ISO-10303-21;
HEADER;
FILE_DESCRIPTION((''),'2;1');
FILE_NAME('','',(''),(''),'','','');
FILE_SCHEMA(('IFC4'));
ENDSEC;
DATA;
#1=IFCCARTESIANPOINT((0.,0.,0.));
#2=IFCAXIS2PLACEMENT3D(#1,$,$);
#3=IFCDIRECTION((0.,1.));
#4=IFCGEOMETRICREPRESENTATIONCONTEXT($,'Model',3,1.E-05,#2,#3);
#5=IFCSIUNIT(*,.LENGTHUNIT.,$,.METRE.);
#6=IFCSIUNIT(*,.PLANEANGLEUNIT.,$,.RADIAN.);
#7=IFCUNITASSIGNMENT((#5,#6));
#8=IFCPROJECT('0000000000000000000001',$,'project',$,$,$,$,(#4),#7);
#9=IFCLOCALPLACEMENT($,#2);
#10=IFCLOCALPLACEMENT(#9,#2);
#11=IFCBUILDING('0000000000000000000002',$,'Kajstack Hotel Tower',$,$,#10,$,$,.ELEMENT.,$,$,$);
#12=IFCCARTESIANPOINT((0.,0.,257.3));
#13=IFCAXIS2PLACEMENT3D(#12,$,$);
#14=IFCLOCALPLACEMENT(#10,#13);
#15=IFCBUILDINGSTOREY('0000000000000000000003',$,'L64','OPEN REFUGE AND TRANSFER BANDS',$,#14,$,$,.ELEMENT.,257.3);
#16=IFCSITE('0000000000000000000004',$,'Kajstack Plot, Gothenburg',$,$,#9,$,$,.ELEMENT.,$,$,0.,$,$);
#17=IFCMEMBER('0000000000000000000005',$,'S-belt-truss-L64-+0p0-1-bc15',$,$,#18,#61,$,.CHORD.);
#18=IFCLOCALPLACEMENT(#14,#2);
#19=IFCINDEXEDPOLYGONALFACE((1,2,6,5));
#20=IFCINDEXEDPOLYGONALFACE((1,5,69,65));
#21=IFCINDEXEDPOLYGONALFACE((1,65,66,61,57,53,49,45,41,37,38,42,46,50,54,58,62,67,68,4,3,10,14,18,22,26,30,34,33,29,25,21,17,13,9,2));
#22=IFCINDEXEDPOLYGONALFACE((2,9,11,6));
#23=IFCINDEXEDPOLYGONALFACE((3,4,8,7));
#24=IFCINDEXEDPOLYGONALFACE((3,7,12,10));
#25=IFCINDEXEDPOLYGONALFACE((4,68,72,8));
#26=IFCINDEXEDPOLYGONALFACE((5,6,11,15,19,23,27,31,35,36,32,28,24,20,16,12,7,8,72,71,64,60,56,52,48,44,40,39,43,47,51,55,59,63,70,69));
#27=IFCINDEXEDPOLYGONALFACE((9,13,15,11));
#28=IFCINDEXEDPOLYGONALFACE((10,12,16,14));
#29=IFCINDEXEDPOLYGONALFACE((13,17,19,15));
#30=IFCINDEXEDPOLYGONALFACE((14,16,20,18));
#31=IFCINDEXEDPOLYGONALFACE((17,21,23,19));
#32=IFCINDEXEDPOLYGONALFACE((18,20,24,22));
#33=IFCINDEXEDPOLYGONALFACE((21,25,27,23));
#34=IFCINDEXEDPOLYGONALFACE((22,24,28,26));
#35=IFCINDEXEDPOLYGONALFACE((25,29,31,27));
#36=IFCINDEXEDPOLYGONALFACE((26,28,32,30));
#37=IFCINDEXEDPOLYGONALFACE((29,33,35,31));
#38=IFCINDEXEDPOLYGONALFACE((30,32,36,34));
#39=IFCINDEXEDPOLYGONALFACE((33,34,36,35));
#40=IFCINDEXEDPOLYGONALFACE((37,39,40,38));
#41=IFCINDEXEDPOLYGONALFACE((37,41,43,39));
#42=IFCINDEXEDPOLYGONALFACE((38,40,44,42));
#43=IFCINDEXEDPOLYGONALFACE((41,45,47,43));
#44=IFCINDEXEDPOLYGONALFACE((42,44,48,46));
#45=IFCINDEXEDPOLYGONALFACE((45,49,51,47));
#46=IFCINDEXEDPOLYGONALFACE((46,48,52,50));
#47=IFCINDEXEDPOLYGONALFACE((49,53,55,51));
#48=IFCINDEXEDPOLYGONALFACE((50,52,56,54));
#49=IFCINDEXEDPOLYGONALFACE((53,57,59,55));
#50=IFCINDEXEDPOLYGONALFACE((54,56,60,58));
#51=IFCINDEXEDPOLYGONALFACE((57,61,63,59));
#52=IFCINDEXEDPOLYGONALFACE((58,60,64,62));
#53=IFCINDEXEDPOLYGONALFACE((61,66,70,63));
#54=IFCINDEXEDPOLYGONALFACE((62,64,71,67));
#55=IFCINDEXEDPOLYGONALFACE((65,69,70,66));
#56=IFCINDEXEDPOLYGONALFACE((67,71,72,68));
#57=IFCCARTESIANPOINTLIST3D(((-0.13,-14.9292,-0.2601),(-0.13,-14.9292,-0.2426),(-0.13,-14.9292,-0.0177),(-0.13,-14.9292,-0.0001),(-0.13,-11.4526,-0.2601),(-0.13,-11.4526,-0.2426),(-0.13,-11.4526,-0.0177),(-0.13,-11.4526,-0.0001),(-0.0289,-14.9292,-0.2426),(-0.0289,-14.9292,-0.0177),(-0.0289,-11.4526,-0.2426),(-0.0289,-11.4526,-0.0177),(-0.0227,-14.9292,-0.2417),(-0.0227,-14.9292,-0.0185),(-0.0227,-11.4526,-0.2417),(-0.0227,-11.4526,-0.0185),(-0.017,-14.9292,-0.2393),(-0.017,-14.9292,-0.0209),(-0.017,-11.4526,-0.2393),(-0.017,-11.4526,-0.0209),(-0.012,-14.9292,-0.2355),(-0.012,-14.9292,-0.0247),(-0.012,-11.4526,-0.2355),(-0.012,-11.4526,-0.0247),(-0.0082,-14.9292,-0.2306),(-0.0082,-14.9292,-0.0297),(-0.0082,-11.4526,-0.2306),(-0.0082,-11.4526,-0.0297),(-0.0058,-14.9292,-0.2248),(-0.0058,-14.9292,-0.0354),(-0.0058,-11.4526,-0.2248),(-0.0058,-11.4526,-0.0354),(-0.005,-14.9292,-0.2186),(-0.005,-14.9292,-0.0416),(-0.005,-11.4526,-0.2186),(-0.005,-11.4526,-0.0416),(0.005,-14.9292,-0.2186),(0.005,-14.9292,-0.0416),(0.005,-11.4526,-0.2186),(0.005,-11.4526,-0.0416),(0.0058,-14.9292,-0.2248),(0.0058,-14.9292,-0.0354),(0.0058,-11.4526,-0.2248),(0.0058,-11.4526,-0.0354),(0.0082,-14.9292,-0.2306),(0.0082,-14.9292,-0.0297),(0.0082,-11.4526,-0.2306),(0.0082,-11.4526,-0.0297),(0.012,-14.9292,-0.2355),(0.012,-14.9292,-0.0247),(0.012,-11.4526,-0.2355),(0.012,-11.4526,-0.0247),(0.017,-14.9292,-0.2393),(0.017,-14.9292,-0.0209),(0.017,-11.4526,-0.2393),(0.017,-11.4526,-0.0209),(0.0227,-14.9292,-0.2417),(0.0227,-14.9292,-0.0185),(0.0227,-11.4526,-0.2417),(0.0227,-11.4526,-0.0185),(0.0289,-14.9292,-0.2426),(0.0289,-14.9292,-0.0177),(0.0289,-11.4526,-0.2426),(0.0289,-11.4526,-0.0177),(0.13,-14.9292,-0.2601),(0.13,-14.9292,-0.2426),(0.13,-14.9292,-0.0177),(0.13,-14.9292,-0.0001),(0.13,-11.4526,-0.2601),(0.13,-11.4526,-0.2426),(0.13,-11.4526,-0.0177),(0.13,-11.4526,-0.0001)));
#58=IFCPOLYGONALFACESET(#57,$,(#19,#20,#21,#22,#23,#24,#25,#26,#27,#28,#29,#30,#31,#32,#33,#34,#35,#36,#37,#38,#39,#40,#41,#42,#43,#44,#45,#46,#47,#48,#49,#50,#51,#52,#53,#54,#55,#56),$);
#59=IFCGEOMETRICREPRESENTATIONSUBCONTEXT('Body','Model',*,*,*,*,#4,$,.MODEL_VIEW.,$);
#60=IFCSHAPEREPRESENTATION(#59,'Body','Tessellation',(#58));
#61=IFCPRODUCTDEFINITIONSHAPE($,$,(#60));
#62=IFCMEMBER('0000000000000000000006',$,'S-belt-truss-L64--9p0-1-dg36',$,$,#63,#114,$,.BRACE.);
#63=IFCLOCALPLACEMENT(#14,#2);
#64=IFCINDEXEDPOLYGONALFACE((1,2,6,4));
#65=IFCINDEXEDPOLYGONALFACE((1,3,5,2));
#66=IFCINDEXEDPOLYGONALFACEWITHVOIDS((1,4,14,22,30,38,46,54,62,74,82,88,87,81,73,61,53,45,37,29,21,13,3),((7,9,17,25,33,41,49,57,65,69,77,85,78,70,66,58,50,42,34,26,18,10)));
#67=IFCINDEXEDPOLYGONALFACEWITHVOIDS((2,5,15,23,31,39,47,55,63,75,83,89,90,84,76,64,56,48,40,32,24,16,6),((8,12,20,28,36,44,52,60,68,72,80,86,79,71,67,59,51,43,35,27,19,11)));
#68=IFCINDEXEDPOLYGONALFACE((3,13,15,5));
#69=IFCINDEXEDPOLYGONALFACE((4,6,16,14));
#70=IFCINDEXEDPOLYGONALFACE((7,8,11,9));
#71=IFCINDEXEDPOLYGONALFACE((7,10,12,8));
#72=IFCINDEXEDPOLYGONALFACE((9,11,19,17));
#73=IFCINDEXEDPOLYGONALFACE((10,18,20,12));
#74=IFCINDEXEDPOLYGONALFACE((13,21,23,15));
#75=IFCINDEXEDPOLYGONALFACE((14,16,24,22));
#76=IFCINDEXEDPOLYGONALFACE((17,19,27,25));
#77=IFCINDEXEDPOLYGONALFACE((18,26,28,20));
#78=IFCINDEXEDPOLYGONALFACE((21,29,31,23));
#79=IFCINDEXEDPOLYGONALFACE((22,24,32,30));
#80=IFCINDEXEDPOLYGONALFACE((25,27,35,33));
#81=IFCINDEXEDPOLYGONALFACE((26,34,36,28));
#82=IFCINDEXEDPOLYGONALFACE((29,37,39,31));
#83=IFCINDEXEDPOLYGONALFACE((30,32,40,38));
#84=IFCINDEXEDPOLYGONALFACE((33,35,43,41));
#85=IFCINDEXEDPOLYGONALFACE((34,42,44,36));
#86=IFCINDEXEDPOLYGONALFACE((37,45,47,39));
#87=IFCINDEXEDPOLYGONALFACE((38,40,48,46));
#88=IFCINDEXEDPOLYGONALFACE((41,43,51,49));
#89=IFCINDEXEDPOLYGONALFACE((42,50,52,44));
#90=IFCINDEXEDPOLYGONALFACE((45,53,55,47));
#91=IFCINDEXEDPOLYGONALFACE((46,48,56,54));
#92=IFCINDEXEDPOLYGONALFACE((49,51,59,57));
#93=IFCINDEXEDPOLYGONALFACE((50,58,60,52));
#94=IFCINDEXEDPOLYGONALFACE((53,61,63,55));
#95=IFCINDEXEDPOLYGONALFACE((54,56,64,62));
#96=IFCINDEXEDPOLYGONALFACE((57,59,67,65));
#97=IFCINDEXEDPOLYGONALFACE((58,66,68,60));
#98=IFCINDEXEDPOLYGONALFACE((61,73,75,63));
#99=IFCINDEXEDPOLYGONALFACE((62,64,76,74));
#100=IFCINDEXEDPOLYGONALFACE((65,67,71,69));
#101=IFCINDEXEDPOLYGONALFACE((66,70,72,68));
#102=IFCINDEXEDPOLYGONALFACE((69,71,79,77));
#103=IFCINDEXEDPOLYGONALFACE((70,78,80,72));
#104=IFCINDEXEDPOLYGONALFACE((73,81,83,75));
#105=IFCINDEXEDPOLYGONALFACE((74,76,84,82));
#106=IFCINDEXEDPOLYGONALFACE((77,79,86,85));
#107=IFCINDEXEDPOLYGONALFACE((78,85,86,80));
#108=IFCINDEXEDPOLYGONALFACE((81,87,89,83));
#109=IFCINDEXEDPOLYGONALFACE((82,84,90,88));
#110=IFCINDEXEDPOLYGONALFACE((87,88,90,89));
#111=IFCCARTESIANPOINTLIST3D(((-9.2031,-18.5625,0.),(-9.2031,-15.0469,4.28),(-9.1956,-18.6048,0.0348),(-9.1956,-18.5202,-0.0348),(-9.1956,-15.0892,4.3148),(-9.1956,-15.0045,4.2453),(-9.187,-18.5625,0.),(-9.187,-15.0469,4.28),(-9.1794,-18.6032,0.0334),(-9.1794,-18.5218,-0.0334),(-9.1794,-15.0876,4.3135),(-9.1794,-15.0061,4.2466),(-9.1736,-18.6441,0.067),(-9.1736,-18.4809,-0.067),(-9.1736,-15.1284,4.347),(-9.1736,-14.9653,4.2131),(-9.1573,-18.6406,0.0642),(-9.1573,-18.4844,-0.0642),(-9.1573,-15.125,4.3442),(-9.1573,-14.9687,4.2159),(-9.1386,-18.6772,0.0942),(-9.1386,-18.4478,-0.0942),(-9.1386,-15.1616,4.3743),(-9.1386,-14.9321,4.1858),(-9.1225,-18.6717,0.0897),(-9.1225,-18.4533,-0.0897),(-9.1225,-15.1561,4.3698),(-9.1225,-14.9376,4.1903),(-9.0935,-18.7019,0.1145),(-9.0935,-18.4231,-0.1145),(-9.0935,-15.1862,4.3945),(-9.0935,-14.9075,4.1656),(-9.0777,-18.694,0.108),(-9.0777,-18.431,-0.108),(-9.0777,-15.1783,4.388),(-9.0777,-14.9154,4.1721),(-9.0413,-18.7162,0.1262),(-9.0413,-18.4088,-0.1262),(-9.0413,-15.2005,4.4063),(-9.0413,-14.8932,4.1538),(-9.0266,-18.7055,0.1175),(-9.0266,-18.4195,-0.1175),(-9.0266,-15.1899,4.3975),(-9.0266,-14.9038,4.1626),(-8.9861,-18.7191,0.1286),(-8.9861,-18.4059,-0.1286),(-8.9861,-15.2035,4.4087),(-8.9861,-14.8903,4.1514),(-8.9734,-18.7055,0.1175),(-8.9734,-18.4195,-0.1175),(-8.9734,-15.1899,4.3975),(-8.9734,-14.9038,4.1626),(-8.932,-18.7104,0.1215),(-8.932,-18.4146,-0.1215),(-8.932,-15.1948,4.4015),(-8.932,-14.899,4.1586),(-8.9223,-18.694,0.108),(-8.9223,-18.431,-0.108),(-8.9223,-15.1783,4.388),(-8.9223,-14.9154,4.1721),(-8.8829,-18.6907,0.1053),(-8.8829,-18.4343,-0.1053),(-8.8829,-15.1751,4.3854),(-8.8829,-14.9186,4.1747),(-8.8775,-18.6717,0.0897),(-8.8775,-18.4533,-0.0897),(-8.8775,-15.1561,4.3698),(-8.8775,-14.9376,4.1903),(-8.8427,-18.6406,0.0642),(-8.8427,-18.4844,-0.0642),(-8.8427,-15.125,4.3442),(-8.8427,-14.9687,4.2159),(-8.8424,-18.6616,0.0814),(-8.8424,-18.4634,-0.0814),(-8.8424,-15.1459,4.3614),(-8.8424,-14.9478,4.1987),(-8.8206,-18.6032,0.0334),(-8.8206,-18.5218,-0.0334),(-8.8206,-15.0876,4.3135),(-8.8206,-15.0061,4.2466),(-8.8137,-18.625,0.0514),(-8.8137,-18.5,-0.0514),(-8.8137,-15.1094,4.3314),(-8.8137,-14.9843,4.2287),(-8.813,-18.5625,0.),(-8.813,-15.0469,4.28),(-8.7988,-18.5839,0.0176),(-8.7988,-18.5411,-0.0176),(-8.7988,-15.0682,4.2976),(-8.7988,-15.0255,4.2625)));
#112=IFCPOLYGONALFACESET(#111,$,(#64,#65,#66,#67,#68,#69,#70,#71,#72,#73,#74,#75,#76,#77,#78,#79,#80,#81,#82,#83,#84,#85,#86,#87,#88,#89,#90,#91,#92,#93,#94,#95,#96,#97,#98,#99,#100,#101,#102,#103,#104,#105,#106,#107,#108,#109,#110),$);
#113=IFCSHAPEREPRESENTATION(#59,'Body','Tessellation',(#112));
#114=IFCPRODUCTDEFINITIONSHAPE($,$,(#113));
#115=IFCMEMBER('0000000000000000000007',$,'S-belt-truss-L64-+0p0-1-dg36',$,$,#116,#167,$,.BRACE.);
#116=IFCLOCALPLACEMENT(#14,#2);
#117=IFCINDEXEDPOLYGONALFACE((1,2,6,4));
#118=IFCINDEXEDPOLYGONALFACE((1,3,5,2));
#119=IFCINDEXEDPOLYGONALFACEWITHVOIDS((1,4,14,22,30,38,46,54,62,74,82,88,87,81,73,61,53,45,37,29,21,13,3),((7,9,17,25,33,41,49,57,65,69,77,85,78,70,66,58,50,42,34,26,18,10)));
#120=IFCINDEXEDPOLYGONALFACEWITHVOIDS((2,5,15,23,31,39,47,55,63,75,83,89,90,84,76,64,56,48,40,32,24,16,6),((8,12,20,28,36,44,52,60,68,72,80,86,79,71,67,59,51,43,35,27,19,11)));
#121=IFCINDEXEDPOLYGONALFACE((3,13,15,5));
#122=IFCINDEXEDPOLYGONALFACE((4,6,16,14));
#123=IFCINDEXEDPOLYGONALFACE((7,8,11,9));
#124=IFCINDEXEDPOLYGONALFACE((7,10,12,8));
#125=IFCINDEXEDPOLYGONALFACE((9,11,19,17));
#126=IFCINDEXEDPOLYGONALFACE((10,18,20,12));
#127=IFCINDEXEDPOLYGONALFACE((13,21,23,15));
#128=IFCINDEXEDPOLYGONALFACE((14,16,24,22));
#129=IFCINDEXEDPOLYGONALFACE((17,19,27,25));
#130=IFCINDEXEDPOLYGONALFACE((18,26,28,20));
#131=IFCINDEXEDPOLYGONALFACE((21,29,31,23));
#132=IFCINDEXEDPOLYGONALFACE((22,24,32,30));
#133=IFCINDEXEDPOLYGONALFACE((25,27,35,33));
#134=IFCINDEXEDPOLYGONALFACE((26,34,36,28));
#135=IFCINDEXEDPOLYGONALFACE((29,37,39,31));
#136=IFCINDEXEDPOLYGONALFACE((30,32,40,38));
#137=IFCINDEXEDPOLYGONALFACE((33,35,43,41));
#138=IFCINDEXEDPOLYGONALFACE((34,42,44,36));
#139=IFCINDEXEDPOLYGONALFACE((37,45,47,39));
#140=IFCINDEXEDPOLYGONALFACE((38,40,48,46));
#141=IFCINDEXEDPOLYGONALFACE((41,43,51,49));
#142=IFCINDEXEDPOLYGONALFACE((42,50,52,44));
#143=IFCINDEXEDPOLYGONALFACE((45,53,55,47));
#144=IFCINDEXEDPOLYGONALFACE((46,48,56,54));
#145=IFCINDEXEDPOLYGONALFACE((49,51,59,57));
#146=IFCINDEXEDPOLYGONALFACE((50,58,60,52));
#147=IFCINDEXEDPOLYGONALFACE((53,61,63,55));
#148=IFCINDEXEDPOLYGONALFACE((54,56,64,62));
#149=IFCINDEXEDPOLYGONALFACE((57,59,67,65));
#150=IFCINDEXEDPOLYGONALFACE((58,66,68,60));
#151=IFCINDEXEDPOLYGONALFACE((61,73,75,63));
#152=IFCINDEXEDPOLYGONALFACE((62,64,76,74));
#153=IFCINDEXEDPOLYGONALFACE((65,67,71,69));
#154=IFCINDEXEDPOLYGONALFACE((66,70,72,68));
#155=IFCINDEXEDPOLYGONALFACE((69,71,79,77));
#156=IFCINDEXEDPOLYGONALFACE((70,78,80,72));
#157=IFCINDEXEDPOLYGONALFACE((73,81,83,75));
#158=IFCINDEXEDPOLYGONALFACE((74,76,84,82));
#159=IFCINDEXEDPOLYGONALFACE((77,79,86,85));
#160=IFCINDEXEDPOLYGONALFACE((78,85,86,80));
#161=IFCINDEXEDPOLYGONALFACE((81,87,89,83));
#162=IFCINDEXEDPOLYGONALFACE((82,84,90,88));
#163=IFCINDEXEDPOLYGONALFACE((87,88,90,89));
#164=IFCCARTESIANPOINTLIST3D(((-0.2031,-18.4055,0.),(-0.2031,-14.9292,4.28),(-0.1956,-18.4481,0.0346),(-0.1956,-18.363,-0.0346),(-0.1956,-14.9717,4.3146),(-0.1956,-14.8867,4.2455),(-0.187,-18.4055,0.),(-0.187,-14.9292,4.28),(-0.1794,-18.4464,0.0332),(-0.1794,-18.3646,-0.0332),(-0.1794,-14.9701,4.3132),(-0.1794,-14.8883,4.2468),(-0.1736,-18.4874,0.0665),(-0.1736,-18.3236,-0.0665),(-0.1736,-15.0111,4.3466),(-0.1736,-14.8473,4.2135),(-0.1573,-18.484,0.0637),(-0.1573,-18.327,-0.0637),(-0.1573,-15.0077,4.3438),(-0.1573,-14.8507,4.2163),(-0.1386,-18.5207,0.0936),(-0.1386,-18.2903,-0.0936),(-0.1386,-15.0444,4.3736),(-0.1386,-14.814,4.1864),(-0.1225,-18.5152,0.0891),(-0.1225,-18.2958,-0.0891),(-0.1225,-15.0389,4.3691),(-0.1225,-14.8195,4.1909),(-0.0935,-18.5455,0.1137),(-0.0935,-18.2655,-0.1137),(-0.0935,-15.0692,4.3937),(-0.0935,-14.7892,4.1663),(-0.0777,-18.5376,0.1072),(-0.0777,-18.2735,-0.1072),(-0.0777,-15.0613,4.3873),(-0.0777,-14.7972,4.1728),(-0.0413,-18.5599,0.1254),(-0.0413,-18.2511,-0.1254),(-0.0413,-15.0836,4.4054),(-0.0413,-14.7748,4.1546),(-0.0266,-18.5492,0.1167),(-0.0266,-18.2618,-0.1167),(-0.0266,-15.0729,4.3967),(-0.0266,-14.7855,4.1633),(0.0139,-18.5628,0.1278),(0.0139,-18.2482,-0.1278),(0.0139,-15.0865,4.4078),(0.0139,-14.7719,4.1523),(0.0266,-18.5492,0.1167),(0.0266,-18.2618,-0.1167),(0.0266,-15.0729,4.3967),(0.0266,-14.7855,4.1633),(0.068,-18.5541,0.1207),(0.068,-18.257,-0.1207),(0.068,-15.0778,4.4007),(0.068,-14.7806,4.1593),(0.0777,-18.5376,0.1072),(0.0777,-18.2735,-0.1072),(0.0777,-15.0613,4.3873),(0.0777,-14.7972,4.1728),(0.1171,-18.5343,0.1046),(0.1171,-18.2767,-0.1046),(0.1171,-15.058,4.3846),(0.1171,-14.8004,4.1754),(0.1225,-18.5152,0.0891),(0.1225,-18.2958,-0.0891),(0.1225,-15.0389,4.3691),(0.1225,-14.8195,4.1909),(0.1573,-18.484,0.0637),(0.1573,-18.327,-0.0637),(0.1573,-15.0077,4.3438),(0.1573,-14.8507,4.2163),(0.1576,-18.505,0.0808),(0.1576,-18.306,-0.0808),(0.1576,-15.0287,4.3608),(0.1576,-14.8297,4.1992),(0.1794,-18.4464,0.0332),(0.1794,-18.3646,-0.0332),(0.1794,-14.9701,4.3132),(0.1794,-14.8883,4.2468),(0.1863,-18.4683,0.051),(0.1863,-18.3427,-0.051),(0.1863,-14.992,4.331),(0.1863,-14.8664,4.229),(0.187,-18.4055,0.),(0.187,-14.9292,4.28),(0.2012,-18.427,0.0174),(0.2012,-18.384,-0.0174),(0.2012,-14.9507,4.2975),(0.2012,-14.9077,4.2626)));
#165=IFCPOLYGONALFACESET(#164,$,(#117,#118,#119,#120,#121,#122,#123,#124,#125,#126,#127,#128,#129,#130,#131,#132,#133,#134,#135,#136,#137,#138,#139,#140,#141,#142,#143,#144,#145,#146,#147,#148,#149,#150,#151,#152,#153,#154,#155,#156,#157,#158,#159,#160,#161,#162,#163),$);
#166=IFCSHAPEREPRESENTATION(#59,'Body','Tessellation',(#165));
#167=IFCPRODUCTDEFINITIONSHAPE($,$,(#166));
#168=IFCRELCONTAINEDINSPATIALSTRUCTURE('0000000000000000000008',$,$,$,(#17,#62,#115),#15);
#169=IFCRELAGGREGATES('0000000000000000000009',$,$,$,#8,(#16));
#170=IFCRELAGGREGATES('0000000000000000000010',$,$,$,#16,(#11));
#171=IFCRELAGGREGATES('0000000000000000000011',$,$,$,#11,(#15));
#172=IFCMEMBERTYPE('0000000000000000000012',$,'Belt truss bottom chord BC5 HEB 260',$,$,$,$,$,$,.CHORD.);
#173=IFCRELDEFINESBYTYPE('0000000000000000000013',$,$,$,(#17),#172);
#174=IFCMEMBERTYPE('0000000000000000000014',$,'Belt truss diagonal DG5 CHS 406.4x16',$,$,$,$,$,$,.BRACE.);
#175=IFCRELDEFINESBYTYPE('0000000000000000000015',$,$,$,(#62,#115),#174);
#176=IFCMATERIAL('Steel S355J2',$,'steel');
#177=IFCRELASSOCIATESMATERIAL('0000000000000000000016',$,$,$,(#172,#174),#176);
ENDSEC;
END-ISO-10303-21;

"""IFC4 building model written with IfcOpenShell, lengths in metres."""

from ifc_helpers import new_model, si_unit, direction, frame, origin, origin_2d, place, context, subcontext, project, spatial, hollow_circle, i_section, extrude, material, material_profile, profile_set, type_object, element, save


model = new_model("IFC4")

# Units and contexts
model_context = context("Model", 3, precision=1e-05, world=origin(), true_north=direction((0.0, 1.0)))
body_context = subcontext(model_context, "Body", "Model", "MODEL_VIEW")
ifc_project = project(units=[si_unit("LENGTHUNIT", "METRE"), si_unit("PLANEANGLEUNIT", "RADIAN")], contexts=[model_context])

# Site, building, storey
site_placement = place(None, origin())
site = spatial("IfcSite", under=ifc_project, at=site_placement, Name="Kajstack Plot, Gothenburg", CompositionType="ELEMENT", RefElevation=0.0)
building_placement = place(site_placement, origin())
building = spatial("IfcBuilding", under=site, at=building_placement, Name="Kajstack Hotel Tower", CompositionType="ELEMENT")
storey_placement = place(building_placement, frame((0.0, 0.0, 257.3)))
storey = spatial("IfcBuildingStorey", under=building, at=storey_placement, Name="L64", Description="OPEN REFUGE AND TRANSFER BANDS", CompositionType="ELEMENT", Elevation=257.3)

# Members
ifc_material = material(Name="Steel S355J2", Category="steel")
ifc_material_profile_1 = material_profile(ifc_material, i_section(OverallWidth=0.26, OverallDepth=0.26, WebThickness=0.01, FlangeThickness=0.0176, FilletRadius=0.0239, at=origin_2d()), Name="HEB 260")
ifc_profile_set_1 = profile_set([ifc_material_profile_1], Name="Steel S355J2")
member_type_1 = type_object("IfcMemberType", Name="Belt truss bottom chord BC5 HEB 260", PredefinedType="CHORD", material=ifc_profile_set_1)
member_1_placement = place(storey_placement, frame((0.0, -14.9292, -0.1301), z_axis=(0.0, 1.0, 0.0), x_axis=(-1.0, 0.0, 0.0)))
element("IfcMember", 1, at=member_1_placement, inside=storey, type_object=member_type_1, Name="S-belt-truss-L64-+0p0-1-bc15", PredefinedType="CHORD", context=body_context, shape_type="SweptSolid", body=[
    extrude(i_section(OverallWidth=0.26, OverallDepth=0.26, WebThickness=0.01, FlangeThickness=0.0176, FilletRadius=0.0239, at=origin_2d()), origin(), (0.0, 0.0, 1.0), 3.4766),
])
ifc_material_profile_2 = material_profile(ifc_material, hollow_circle(Radius=0.2031, WallThickness=0.0161, at=origin_2d()), Name="CHS 406.4x16")
ifc_profile_set_2 = profile_set([ifc_material_profile_2], Name="Steel S355J2")
member_type_2 = type_object("IfcMemberType", Name="Belt truss diagonal DG5 CHS 406.4x16", PredefinedType="BRACE", material=ifc_profile_set_2)
member_2_placement = place(storey_placement, frame((-9.0, -18.5625, 0.0), z_axis=(0.0, 0.634727, 0.772736), x_axis=(-1.0, 0.0, 0.0)))
element("IfcMember", 2, at=member_2_placement, inside=storey, type_object=member_type_2, Name="S-belt-truss-L64--9p0-1-dg36", PredefinedType="BRACE", context=body_context, shape_type="SweptSolid", body=[
    extrude(hollow_circle(Radius=0.2031, WallThickness=0.0161, at=origin_2d()), origin(), (0.0, 0.0, 1.0), 5.5388),
])
member_3_placement = place(storey_placement, frame((0.0, -18.4055, 0.0), z_axis=(0.0, 0.630461, 0.776221), x_axis=(-1.0, 0.0, 0.0)))
element("IfcMember", 3, at=member_3_placement, inside=storey, type_object=member_type_2, Name="S-belt-truss-L64-+0p0-1-dg36", PredefinedType="BRACE", context=body_context, shape_type="SweptSolid", body=[
    extrude(hollow_circle(Radius=0.2031, WallThickness=0.0161, at=origin_2d()), origin(), (0.0, 0.0, 1.0), 5.5139),
])

save(model, "model.ifc")
